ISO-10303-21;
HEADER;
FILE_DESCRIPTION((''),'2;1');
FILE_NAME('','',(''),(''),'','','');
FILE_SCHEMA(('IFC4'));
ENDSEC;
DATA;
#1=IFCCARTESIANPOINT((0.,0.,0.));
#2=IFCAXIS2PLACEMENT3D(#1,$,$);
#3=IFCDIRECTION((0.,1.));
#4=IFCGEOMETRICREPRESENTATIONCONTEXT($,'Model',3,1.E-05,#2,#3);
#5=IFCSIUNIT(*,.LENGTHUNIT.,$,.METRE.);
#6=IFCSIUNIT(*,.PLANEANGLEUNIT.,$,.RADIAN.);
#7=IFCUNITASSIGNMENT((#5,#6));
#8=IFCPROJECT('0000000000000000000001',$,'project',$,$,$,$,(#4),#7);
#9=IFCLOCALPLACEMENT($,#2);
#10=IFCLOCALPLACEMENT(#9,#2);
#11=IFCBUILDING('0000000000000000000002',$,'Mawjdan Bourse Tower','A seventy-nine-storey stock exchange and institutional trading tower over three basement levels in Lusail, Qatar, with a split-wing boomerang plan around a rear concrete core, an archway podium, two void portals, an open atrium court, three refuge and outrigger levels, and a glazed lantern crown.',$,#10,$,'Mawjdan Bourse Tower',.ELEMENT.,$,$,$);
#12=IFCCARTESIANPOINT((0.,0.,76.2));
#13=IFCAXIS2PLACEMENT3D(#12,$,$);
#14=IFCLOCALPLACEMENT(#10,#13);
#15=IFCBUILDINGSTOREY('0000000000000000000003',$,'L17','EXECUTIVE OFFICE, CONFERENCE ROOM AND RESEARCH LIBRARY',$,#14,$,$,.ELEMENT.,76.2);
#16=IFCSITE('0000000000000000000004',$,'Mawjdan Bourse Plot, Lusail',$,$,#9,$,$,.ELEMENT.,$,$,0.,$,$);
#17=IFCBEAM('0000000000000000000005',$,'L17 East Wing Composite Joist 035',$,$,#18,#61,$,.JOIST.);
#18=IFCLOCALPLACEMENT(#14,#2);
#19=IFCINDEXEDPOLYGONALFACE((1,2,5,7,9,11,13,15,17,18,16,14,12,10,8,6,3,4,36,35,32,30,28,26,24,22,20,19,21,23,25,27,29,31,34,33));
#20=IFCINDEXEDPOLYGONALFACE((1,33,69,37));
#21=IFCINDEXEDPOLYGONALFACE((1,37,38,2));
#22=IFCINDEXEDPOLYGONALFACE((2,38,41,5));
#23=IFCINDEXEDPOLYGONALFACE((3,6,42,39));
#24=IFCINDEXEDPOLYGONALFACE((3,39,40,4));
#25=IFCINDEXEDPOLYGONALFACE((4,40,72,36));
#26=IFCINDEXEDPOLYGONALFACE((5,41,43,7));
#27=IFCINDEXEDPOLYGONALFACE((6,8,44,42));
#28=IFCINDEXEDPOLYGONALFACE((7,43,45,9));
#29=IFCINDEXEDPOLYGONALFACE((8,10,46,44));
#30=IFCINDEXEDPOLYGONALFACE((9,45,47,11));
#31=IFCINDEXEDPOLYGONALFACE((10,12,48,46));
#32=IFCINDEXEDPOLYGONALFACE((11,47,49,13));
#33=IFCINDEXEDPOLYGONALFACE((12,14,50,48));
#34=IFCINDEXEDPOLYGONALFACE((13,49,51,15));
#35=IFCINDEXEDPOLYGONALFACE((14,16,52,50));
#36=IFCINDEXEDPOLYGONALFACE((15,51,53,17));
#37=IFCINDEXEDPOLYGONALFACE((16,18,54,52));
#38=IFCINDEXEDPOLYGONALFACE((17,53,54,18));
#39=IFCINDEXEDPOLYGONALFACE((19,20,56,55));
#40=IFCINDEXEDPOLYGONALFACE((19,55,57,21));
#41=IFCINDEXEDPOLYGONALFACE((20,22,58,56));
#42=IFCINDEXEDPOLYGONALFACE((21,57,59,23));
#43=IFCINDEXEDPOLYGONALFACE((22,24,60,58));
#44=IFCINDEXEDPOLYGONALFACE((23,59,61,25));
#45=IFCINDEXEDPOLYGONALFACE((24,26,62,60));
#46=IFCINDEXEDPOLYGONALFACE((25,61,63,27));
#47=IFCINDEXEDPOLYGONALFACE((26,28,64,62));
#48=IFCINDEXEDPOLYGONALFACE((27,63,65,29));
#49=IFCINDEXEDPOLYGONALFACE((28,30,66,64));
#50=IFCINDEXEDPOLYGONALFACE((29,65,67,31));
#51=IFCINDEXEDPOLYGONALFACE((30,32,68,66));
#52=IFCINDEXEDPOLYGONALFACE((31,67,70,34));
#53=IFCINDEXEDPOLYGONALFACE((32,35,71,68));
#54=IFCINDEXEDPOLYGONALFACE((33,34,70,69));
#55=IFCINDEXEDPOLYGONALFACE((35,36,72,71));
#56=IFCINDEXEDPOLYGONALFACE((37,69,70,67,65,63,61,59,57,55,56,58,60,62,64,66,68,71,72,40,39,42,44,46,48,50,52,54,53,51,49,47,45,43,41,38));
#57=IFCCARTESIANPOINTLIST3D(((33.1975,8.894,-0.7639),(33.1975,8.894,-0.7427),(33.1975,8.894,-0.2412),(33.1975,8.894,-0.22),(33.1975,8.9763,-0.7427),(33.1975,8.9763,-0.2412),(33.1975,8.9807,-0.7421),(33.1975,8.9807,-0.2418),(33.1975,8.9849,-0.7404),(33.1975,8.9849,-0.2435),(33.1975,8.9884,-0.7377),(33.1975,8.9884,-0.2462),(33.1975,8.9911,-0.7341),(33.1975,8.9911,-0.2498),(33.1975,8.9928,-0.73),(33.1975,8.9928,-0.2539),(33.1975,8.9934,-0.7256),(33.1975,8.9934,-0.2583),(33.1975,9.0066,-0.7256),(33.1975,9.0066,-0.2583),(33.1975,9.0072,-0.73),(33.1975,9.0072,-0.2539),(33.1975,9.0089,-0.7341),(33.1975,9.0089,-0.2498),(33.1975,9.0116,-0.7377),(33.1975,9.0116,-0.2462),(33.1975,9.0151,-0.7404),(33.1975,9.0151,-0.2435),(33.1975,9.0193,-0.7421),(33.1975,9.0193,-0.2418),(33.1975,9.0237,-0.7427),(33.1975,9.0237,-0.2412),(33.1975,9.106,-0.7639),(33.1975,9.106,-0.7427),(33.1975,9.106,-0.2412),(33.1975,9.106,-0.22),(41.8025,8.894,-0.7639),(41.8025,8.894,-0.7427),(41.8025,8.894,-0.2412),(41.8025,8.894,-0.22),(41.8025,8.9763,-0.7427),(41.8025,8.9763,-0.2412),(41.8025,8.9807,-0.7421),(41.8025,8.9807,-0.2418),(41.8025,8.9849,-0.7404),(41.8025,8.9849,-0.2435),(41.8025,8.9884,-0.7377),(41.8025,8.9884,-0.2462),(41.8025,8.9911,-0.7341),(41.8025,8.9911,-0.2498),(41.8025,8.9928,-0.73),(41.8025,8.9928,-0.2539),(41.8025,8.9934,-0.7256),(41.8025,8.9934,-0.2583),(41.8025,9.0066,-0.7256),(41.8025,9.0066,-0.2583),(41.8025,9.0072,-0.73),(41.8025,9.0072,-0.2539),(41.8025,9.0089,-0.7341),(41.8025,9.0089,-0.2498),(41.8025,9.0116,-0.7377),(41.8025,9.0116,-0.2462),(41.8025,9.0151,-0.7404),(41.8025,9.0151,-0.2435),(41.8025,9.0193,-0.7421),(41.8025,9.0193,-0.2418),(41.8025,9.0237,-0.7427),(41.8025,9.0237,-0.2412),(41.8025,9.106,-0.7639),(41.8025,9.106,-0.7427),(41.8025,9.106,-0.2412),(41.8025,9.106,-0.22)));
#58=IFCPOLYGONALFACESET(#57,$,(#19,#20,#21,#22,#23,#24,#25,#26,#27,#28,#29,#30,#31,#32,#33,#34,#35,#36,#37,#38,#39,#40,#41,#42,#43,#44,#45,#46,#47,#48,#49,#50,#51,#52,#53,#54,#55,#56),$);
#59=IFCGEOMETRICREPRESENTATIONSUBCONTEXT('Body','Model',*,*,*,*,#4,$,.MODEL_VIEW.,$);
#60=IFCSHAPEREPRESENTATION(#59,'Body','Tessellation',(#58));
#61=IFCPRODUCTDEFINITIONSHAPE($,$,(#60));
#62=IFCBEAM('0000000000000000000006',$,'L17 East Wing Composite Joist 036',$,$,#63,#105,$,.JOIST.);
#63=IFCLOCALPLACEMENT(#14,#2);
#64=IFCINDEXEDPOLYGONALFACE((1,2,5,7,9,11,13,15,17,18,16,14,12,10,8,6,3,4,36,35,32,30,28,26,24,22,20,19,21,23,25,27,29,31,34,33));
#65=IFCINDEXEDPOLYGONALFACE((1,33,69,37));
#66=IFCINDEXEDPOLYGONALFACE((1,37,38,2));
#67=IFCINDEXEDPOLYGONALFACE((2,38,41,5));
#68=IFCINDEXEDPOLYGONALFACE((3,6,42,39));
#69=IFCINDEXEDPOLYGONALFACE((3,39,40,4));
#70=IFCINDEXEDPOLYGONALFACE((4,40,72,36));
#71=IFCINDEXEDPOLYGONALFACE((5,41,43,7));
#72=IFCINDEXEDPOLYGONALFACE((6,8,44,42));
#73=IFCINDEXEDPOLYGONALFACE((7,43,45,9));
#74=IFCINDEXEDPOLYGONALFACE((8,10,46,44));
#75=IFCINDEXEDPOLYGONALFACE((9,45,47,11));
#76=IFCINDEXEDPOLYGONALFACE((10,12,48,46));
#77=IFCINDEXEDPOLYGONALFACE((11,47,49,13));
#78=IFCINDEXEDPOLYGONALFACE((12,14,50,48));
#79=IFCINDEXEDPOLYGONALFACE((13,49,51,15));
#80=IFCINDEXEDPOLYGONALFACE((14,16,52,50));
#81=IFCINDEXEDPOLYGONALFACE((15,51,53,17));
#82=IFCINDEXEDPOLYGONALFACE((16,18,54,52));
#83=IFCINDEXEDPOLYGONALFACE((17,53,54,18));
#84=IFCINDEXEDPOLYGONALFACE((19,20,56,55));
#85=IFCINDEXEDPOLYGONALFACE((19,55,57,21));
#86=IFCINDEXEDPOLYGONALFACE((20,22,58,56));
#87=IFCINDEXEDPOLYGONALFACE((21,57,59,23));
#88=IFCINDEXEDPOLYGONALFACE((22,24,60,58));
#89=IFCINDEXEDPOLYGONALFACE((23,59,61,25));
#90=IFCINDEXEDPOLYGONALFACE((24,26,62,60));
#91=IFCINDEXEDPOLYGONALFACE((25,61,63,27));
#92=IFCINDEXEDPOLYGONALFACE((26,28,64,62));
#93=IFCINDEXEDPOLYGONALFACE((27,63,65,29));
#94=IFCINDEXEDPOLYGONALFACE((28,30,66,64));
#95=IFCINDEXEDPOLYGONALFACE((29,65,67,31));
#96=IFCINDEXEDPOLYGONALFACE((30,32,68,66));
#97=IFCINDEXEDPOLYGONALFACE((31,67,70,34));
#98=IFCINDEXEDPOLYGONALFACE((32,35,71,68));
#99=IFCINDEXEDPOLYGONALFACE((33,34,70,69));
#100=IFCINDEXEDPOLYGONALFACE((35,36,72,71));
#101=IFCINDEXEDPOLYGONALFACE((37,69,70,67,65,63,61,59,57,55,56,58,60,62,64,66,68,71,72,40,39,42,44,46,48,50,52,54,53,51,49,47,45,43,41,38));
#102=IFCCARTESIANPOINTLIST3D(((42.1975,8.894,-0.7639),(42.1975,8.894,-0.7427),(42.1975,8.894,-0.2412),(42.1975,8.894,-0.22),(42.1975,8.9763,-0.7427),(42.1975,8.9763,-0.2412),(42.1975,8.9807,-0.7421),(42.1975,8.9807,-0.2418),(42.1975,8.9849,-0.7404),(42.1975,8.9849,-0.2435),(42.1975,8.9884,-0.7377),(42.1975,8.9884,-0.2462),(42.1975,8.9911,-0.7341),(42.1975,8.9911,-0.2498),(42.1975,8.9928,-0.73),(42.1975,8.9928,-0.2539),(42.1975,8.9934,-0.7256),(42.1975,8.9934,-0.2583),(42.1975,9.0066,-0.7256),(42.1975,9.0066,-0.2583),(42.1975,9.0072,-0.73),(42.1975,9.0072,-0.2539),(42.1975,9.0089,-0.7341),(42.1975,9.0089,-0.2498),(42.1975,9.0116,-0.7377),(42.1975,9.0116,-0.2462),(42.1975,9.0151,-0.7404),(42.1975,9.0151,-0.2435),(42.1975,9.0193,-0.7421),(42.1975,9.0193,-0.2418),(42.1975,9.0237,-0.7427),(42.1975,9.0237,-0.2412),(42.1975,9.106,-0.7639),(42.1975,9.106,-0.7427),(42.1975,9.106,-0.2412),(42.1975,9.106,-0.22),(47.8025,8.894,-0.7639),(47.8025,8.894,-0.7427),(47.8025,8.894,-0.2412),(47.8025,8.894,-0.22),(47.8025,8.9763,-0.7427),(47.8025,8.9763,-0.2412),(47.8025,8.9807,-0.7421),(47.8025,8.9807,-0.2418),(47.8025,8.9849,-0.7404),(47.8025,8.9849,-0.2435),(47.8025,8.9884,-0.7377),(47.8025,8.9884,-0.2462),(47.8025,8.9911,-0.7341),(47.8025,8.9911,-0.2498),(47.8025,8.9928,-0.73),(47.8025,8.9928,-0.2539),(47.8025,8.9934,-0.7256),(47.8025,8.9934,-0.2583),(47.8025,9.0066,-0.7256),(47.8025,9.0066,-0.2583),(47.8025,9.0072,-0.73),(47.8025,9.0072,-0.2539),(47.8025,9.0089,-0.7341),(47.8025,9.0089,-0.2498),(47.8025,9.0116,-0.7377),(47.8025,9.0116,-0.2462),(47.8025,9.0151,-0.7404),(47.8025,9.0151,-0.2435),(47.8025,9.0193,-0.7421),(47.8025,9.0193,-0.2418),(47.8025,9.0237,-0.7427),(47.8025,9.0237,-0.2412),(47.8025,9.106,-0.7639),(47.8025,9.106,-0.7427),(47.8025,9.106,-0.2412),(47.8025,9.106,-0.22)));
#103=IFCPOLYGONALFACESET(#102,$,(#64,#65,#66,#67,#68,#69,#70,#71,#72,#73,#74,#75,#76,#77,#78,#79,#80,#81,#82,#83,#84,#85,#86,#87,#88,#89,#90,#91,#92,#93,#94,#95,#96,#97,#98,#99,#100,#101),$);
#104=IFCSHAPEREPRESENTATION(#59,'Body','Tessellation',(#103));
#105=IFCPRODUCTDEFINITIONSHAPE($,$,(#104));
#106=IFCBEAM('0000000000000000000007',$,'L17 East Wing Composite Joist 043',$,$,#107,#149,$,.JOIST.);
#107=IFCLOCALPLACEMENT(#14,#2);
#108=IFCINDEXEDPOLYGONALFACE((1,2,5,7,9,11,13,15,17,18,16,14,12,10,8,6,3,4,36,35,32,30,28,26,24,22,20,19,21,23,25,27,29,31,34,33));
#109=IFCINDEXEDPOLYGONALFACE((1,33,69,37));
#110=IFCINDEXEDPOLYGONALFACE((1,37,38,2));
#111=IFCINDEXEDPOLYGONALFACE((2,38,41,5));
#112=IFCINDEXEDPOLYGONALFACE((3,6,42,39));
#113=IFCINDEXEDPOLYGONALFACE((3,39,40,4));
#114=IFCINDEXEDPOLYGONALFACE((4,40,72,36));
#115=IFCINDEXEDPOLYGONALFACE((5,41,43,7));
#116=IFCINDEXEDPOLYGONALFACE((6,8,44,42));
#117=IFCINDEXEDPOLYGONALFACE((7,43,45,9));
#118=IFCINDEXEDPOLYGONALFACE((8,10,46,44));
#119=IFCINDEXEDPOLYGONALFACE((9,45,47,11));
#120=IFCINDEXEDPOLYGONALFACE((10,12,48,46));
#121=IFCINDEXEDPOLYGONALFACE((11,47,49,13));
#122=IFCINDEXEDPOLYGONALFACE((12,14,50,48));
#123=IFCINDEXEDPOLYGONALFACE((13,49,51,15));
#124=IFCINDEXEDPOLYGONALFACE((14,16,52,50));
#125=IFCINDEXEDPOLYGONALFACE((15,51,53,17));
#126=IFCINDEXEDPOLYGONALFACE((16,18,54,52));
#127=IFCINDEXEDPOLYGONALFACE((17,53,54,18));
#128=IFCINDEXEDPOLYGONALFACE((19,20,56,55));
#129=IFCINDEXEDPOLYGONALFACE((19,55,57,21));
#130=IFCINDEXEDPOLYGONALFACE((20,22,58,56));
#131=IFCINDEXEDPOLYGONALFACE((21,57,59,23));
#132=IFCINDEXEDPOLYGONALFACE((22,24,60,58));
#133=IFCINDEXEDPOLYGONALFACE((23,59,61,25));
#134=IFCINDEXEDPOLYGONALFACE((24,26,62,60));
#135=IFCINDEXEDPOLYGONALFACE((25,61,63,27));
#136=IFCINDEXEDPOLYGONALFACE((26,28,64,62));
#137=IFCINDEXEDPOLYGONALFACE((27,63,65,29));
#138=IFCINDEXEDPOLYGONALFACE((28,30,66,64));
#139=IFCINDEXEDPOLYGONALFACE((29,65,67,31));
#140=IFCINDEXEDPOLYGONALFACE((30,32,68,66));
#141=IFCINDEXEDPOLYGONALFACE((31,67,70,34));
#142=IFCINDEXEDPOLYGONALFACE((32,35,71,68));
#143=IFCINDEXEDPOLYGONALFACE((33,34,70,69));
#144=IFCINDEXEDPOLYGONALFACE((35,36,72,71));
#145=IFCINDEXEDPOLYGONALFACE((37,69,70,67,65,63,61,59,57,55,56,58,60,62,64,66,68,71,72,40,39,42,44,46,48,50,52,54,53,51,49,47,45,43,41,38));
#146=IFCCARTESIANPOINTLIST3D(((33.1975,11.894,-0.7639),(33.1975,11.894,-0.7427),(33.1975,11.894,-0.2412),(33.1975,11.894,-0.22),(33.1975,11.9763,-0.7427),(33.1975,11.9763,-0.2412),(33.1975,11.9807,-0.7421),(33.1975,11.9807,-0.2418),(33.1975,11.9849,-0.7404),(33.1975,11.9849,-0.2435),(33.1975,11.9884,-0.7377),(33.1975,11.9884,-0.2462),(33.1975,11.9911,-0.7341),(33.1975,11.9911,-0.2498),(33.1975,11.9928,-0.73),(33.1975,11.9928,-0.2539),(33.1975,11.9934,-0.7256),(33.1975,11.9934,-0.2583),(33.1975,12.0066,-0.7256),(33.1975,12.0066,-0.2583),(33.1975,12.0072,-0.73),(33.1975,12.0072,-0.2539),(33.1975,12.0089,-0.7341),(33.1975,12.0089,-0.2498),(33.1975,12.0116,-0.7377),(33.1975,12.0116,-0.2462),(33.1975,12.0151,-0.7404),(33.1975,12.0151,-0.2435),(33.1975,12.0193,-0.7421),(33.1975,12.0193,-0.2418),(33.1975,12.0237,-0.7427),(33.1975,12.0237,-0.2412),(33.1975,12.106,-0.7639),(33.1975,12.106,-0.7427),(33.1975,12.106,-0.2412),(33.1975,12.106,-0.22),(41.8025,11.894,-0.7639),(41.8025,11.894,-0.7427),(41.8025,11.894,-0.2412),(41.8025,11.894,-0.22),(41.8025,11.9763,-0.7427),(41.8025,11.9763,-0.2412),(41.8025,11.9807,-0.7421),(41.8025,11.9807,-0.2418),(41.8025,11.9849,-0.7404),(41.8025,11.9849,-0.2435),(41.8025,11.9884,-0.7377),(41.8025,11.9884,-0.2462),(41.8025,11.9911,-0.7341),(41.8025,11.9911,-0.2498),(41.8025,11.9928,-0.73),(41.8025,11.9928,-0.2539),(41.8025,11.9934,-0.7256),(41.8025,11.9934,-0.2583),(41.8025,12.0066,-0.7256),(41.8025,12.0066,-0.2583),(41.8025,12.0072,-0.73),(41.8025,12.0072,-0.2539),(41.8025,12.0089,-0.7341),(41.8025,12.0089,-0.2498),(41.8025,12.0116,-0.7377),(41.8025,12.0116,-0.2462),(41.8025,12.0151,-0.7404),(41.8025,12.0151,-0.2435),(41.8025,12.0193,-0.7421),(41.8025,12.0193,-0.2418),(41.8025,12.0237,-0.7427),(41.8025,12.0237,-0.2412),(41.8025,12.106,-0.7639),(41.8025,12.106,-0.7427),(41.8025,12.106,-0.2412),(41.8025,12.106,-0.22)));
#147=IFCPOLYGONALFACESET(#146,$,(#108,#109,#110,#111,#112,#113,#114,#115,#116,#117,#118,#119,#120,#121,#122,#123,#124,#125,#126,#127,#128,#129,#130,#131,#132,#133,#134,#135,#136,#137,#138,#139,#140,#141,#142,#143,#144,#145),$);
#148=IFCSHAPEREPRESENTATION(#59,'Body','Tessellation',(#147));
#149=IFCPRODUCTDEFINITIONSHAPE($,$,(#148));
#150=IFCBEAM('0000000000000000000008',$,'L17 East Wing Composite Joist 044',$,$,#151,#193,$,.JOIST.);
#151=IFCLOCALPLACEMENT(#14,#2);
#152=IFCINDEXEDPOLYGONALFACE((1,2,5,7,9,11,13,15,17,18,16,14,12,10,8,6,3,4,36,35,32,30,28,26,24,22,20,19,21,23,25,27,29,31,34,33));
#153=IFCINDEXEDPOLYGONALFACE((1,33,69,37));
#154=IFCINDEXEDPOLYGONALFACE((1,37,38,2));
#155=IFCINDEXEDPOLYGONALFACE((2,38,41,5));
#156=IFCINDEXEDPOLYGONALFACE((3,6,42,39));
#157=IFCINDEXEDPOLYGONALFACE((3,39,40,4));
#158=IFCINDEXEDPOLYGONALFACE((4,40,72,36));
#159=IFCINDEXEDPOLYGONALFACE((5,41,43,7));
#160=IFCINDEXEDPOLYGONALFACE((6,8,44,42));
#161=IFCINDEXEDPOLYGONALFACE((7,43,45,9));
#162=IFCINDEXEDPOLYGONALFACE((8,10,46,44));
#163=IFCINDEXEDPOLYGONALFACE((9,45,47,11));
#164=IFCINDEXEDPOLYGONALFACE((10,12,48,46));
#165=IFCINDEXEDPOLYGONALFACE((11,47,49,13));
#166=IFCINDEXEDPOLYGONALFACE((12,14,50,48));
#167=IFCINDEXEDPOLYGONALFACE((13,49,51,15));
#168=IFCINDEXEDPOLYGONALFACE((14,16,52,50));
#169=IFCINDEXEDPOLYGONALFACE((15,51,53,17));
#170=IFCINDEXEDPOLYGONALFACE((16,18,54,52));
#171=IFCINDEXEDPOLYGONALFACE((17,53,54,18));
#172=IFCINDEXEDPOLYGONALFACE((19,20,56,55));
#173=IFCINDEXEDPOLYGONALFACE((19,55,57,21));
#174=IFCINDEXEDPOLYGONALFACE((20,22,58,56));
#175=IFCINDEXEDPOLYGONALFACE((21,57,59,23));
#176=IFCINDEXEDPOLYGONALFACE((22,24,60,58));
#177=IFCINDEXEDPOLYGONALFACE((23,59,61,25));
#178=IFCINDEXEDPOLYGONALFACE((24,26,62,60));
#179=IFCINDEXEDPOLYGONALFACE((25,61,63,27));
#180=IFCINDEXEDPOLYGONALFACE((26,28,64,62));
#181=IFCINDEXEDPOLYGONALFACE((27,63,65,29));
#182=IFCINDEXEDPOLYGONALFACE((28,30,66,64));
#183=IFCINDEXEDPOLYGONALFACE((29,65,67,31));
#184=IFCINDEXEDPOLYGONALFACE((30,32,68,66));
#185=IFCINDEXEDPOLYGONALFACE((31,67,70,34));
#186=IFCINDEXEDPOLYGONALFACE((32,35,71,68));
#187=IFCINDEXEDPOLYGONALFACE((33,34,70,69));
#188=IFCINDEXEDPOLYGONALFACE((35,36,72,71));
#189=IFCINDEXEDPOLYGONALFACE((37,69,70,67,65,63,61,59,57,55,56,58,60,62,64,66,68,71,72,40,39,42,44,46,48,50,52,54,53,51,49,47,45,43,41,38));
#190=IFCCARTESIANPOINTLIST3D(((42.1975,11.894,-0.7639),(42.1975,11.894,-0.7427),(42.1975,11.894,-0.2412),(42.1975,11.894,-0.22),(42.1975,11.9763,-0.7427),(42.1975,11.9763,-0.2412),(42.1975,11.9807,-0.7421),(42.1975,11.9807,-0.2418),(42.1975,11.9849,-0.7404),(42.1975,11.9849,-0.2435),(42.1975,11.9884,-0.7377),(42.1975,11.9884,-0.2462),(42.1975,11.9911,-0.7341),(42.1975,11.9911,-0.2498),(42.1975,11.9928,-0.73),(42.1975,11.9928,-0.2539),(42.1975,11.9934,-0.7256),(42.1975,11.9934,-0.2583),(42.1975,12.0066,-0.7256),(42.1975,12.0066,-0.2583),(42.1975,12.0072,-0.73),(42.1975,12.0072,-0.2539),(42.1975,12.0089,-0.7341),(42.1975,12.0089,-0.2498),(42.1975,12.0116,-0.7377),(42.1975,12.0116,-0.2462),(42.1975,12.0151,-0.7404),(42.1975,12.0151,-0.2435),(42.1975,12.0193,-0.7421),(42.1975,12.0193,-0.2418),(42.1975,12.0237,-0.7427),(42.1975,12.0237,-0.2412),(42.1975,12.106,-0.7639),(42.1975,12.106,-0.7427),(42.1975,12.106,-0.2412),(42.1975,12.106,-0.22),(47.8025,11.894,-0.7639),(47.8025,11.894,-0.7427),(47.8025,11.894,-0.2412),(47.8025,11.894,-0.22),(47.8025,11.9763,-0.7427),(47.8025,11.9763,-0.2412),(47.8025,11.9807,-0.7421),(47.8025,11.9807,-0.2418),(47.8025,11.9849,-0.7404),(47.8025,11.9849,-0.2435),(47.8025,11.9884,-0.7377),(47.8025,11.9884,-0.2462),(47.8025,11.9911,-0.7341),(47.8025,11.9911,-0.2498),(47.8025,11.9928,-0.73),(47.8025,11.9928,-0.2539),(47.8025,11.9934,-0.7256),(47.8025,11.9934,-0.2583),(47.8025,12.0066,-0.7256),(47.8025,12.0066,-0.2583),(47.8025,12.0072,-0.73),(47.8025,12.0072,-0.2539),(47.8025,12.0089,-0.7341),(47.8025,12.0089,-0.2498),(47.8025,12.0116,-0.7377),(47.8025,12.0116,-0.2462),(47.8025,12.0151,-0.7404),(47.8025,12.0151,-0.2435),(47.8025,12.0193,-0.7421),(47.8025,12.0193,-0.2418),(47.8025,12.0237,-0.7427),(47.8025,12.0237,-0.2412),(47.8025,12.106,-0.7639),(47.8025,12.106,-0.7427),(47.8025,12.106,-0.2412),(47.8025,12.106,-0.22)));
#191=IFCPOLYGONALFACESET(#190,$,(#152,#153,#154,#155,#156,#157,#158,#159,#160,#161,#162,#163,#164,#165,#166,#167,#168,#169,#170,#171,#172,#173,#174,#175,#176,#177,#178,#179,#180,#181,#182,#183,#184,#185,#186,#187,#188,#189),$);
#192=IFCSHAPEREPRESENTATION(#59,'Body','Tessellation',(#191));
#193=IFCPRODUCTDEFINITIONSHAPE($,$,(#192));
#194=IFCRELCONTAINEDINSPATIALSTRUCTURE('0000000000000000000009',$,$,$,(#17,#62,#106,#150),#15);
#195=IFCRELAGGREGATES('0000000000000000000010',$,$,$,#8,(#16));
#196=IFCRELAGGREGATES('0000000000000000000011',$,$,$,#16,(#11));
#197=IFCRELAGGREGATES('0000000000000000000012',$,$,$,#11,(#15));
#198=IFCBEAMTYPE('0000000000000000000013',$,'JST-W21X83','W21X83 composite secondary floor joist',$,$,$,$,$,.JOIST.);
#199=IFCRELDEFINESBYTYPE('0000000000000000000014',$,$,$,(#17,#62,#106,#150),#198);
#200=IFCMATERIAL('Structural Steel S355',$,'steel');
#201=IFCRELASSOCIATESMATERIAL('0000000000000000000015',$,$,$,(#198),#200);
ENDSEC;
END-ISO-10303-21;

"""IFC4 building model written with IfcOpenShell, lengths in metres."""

from ifc_helpers import new_model, si_unit, direction, frame, origin, origin_2d, place, context, subcontext, project, spatial, i_section, extrude, material, material_profile, profile_set, type_object, element, save


model = new_model("IFC4")

# Units and contexts
model_context = context("Model", 3, precision=1e-05, world=origin(), true_north=direction((0.0, 1.0)))
body_context = subcontext(model_context, "Body", "Model", "MODEL_VIEW")
ifc_project = project(units=[si_unit("LENGTHUNIT", "METRE"), si_unit("PLANEANGLEUNIT", "RADIAN")], contexts=[model_context])

# Site, building, storey
site_placement = place(None, origin())
site = spatial("IfcSite", under=ifc_project, at=site_placement, Name="Mawjdan Bourse Plot, Lusail", CompositionType="ELEMENT", RefElevation=0.0)
building_placement = place(site_placement, origin())
building = spatial("IfcBuilding", under=site, at=building_placement, Name="Mawjdan Bourse Tower", Description="A seventy-nine-storey stock exchange and institutional trading tower over three basement levels in Lusail, Qatar, with a split-wing boomerang plan around a rear concrete core, an archway podium, two void portals, an open atrium court, three refuge and outrigger levels, and a glazed lantern crown.", LongName="Mawjdan Bourse Tower", CompositionType="ELEMENT")
storey_placement = place(building_placement, frame((0.0, 0.0, 76.2)))
storey = spatial("IfcBuildingStorey", under=building, at=storey_placement, Name="L17", Description="EXECUTIVE OFFICE, CONFERENCE ROOM AND RESEARCH LIBRARY", CompositionType="ELEMENT", Elevation=76.2)

# Beams
ifc_material_1 = material(Name="Structural Steel S355", Category="steel")
ifc_material_profile_1 = material_profile(ifc_material_1, i_section(OverallWidth=0.2119, OverallDepth=0.5439, WebThickness=0.0132, FlangeThickness=0.0212, FilletRadius=0.0171, at=origin_2d()), Name="W21X83")
ifc_profile_set_1 = profile_set([ifc_material_profile_1], Name="Structural Steel S355")
beam_type_1 = type_object("IfcBeamType", Name="JST-W21X83", Description="W21X83 composite secondary floor joist", PredefinedType="JOIST", material=ifc_profile_set_1)
beam_1_placement = place(storey_placement, frame((33.1975, 9.0, -0.4919), z_axis=(1.0, 0.0, 0.0), x_axis=(0.0, 1.0, 0.0)))
element("IfcBeam", 1, at=beam_1_placement, inside=storey, type_object=beam_type_1, Name="L17 East Wing Composite Joist 035", PredefinedType="JOIST", context=body_context, shape_type="SweptSolid", body=[
    extrude(i_section(OverallWidth=0.2119, OverallDepth=0.5439, WebThickness=0.0132, FlangeThickness=0.0212, FilletRadius=0.0171, at=origin_2d()), origin(), (0.0, 0.0, 1.0), 8.605),
])
beam_2_placement = place(storey_placement, frame((42.1975, 9.0, -0.4919), z_axis=(1.0, 0.0, 0.0), x_axis=(0.0, 1.0, 0.0)))
element("IfcBeam", 2, at=beam_2_placement, inside=storey, type_object=beam_type_1, Name="L17 East Wing Composite Joist 036", PredefinedType="JOIST", context=body_context, shape_type="SweptSolid", body=[
    extrude(i_section(OverallWidth=0.2119, OverallDepth=0.5439, WebThickness=0.0132, FlangeThickness=0.0212, FilletRadius=0.0171, at=origin_2d()), origin(), (0.0, 0.0, 1.0), 5.605),
])
beam_3_placement = place(storey_placement, frame((33.1975, 12.0, -0.4919), z_axis=(1.0, 0.0, 0.0), x_axis=(0.0, 1.0, 0.0)))
element("IfcBeam", 3, at=beam_3_placement, inside=storey, type_object=beam_type_1, Name="L17 East Wing Composite Joist 043", PredefinedType="JOIST", context=body_context, shape_type="SweptSolid", body=[
    extrude(i_section(OverallWidth=0.2119, OverallDepth=0.5439, WebThickness=0.0132, FlangeThickness=0.0212, FilletRadius=0.0171, at=origin_2d()), origin(), (0.0, 0.0, 1.0), 8.605),
])
beam_4_placement = place(storey_placement, frame((42.1975, 12.0, -0.4919), z_axis=(1.0, 0.0, 0.0), x_axis=(0.0, 1.0, 0.0)))
element("IfcBeam", 4, at=beam_4_placement, inside=storey, type_object=beam_type_1, Name="L17 East Wing Composite Joist 044", PredefinedType="JOIST", context=body_context, shape_type="SweptSolid", body=[
    extrude(i_section(OverallWidth=0.2119, OverallDepth=0.5439, WebThickness=0.0132, FlangeThickness=0.0212, FilletRadius=0.0171, at=origin_2d()), origin(), (0.0, 0.0, 1.0), 5.605),
])

save(model, "model.ifc")
